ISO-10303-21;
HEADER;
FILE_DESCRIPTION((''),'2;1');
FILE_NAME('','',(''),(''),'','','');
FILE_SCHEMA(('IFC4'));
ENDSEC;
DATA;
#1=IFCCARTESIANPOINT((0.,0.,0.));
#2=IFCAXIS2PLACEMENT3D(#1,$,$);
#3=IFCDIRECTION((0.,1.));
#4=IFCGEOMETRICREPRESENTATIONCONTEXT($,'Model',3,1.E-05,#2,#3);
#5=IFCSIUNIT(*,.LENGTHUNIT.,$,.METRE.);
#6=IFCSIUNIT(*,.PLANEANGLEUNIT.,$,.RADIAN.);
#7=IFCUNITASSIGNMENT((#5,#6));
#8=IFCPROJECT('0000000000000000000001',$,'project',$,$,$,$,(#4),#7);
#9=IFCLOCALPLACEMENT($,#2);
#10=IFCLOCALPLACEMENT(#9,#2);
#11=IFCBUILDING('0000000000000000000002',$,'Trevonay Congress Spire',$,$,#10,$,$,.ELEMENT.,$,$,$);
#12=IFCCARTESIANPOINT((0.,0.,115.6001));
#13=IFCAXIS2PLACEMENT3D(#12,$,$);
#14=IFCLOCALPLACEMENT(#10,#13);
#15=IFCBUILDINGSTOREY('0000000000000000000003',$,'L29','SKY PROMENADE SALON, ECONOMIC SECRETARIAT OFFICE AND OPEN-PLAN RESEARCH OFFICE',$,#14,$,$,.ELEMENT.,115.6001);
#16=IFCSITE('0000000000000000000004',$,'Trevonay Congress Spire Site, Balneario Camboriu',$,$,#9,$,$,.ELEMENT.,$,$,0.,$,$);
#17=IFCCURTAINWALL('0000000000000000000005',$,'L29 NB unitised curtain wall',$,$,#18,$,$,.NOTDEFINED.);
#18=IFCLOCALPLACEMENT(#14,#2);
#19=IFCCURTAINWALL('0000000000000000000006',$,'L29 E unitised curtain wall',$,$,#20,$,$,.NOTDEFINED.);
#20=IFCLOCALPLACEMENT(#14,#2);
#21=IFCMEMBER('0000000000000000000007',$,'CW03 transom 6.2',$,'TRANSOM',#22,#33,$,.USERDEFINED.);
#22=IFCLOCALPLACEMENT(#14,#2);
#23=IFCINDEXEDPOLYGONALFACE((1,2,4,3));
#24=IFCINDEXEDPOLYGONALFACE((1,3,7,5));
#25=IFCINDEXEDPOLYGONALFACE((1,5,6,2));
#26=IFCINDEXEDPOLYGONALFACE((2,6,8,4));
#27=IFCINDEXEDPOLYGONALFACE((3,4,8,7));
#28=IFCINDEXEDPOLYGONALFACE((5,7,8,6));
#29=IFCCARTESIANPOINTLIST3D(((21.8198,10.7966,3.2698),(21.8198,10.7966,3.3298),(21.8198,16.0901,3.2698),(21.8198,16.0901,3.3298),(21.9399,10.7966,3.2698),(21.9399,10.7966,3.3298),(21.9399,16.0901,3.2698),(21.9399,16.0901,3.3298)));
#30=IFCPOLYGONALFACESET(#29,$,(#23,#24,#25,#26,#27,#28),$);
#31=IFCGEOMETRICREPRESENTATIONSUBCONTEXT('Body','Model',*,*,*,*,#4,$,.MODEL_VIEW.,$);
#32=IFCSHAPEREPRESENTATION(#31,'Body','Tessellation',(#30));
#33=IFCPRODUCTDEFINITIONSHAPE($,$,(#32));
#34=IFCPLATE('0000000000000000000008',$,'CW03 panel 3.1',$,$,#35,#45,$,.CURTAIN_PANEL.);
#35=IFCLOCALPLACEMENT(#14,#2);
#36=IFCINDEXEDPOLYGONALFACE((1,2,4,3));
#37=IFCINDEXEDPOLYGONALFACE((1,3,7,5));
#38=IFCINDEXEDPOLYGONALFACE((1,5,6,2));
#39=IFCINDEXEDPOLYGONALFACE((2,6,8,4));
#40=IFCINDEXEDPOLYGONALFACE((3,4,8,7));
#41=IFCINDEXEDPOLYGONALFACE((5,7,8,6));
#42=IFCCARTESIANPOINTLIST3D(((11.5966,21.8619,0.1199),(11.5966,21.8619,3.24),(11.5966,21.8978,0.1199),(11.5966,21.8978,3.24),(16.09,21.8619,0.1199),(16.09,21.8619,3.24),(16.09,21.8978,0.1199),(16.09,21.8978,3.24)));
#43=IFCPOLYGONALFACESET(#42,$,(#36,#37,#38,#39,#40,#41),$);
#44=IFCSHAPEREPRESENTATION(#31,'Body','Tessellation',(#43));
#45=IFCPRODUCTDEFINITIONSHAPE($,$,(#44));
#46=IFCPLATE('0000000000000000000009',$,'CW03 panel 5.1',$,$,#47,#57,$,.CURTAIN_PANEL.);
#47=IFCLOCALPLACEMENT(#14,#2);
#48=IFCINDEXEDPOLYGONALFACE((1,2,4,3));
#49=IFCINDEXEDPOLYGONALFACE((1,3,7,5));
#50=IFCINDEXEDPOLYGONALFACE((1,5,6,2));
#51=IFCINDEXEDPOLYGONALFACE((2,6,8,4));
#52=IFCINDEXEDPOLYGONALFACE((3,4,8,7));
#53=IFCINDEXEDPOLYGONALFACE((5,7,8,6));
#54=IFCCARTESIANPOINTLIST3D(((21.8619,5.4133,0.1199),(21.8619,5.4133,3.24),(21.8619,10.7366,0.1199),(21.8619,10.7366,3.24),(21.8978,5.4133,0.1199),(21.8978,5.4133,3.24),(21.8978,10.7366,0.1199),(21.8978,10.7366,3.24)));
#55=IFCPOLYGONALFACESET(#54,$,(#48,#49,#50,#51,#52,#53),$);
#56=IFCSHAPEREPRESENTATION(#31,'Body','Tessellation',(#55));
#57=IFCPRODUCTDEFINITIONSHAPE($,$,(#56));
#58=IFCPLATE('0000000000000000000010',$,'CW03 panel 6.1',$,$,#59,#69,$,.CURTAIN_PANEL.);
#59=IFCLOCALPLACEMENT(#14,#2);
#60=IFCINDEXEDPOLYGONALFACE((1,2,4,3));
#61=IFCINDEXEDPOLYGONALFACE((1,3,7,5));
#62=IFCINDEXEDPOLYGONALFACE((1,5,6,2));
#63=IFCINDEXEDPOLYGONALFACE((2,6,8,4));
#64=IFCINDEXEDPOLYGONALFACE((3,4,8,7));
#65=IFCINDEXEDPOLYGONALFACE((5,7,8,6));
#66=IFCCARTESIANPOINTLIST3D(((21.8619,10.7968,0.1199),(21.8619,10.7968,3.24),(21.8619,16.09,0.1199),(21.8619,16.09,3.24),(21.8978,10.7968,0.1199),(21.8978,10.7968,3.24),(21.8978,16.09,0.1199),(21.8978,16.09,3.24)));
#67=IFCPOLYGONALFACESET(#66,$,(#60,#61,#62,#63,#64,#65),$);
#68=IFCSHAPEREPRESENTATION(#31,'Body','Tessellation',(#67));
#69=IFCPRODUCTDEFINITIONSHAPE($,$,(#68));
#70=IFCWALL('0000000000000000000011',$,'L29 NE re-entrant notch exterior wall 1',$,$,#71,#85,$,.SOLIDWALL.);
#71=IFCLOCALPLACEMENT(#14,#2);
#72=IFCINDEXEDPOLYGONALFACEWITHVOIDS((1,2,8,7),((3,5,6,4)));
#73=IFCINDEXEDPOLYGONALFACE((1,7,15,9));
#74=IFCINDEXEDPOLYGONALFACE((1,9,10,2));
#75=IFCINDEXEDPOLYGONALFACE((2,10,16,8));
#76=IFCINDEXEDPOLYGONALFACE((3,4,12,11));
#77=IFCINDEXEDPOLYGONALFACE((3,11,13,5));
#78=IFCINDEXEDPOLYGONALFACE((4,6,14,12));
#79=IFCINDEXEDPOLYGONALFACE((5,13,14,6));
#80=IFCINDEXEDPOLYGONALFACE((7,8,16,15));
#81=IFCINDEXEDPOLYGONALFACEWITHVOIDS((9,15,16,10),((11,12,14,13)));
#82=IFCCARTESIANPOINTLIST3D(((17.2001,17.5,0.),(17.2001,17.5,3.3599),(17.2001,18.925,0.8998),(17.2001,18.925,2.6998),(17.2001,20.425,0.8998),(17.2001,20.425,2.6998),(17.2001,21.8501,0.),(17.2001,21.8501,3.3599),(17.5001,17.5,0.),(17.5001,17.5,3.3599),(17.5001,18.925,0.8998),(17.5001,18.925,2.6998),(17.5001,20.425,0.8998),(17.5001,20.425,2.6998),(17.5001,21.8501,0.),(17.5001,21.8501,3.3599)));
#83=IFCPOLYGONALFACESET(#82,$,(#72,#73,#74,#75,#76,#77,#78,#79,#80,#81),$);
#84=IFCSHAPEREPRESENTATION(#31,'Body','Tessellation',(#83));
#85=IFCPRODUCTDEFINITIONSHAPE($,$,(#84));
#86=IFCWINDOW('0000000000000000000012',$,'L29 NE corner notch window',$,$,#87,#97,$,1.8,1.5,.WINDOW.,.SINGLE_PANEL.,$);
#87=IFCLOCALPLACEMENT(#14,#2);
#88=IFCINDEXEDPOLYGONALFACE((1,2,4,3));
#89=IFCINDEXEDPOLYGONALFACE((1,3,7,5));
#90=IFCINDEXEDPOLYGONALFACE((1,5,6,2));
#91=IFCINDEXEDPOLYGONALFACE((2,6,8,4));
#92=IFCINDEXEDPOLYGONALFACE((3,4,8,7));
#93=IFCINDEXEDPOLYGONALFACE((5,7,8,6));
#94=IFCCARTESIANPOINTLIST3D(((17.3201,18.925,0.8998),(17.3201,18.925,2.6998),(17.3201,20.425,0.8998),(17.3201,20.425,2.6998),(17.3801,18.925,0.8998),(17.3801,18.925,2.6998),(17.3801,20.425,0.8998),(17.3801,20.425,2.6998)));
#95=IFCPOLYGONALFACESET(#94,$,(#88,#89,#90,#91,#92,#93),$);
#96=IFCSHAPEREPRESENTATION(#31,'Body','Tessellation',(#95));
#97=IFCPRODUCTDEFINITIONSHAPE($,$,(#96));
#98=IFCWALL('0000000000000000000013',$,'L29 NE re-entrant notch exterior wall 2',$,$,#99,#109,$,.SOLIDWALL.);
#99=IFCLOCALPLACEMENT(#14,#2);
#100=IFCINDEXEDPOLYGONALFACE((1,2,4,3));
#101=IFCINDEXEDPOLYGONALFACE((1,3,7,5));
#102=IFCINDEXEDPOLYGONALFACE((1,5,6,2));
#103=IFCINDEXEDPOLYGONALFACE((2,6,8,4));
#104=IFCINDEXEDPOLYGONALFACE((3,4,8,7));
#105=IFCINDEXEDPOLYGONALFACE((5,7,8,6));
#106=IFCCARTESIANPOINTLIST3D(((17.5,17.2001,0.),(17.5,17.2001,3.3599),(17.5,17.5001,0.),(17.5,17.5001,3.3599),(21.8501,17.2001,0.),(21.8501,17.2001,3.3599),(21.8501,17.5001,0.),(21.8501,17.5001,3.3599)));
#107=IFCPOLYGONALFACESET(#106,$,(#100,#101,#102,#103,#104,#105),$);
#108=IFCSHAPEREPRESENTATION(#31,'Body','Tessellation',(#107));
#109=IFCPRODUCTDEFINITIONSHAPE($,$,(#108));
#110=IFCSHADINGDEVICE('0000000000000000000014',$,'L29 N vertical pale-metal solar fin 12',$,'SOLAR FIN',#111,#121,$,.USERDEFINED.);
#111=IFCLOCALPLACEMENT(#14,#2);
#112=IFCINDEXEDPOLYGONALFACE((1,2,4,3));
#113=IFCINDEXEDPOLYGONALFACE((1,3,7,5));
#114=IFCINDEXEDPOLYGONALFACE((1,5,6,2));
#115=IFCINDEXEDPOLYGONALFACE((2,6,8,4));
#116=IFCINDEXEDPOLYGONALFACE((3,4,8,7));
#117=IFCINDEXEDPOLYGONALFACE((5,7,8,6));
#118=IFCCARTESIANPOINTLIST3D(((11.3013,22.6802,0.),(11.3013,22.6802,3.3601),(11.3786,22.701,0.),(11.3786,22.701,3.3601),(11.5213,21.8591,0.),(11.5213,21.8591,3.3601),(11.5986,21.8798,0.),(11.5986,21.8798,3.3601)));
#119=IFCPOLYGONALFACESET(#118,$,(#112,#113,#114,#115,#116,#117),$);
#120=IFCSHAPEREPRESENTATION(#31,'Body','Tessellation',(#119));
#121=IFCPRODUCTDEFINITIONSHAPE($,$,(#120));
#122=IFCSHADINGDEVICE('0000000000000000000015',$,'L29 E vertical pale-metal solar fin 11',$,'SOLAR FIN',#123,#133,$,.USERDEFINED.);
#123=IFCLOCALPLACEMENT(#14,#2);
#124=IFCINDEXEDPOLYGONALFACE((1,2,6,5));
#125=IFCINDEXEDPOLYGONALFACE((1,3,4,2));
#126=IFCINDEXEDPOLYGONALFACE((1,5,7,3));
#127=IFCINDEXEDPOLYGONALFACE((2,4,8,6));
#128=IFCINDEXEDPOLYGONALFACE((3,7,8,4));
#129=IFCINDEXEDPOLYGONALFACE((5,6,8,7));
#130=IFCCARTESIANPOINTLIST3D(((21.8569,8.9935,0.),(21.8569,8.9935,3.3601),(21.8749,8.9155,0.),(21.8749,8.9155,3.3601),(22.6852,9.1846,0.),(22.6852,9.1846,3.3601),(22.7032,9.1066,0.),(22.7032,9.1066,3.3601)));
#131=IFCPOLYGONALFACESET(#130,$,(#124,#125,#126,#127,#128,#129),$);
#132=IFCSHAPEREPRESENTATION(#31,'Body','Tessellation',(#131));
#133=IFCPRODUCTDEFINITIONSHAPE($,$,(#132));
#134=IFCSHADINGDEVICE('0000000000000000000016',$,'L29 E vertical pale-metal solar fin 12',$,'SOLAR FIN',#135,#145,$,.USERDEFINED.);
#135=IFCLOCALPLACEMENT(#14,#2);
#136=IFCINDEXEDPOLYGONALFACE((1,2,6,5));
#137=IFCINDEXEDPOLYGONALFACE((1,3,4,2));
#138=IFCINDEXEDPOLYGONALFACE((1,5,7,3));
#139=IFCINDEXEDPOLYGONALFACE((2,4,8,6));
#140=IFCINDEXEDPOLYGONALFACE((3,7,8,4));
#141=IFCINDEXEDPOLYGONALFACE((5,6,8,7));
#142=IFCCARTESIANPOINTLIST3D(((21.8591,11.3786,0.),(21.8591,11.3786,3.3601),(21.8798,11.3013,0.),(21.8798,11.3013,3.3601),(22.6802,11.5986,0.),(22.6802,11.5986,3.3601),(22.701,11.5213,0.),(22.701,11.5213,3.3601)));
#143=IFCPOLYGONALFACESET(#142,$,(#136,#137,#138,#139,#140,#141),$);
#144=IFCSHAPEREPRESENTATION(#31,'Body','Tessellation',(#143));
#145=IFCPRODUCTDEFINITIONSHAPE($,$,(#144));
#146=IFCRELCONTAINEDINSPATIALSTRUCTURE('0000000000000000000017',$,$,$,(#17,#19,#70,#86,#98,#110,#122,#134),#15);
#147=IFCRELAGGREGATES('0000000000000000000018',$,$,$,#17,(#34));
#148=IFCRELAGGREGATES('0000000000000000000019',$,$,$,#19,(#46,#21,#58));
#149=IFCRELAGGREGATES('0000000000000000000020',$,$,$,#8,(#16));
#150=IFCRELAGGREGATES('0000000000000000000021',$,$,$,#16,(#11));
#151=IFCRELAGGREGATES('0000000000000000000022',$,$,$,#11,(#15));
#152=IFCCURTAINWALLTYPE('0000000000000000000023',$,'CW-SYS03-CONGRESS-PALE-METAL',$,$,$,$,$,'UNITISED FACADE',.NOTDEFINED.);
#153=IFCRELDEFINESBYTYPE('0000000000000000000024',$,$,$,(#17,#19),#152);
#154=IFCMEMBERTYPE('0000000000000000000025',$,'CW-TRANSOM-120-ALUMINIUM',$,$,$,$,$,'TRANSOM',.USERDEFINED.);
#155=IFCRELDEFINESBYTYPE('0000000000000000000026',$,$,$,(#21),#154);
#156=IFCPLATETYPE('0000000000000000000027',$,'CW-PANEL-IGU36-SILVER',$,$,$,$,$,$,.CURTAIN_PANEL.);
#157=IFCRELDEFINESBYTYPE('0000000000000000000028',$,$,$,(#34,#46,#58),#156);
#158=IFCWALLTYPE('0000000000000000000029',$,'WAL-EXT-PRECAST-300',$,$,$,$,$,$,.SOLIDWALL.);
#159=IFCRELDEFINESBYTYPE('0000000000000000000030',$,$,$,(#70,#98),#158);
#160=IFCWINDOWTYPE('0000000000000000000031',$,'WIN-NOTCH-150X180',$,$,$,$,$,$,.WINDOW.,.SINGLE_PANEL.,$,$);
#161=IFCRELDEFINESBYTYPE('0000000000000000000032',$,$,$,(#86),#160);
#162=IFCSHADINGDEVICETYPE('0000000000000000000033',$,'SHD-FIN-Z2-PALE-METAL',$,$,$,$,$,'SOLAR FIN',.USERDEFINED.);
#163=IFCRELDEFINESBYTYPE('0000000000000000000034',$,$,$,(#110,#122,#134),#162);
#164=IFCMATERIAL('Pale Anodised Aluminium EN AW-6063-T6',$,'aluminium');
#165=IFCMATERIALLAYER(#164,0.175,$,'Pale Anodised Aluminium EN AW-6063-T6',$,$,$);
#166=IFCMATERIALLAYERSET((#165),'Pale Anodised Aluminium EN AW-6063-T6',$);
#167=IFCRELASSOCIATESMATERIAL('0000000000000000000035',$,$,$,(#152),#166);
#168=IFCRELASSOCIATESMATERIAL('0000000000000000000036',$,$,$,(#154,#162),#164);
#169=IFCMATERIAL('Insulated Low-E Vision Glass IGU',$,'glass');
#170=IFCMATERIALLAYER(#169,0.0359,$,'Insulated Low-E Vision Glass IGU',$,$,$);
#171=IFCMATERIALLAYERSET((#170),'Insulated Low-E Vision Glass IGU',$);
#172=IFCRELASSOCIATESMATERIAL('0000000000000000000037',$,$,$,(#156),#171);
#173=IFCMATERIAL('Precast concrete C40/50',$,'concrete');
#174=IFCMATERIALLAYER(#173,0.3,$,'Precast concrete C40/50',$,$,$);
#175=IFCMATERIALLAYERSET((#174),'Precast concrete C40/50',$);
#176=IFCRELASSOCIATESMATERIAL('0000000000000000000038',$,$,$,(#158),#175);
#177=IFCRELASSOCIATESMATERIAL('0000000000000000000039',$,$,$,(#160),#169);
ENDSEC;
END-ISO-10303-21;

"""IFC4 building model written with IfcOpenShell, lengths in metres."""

from ifc_helpers import new_model, si_unit, direction, frame, frame_2d, origin, origin_2d, place, context, subcontext, project, spatial, rectangle, extrude, material, layer, layer_set, material_profile, profile_set, type_object, element, fill, aggregate, save


model = new_model("IFC4")

# Units and contexts
model_context = context("Model", 3, precision=1e-05, world=origin(), true_north=direction((0.0, 1.0)))
body_context = subcontext(model_context, "Body", "Model", "MODEL_VIEW")
ifc_project = project(units=[si_unit("LENGTHUNIT", "METRE"), si_unit("PLANEANGLEUNIT", "RADIAN")], contexts=[model_context])

# Site, building, storey
site_placement = place(None, origin())
site = spatial("IfcSite", under=ifc_project, at=site_placement, Name="Trevonay Congress Spire Site, Balneario Camboriu", CompositionType="ELEMENT", RefElevation=0.0)
building_placement = place(site_placement, origin())
building = spatial("IfcBuilding", under=site, at=building_placement, Name="Trevonay Congress Spire", CompositionType="ELEMENT")
storey_placement = place(building_placement, frame((0.0, 0.0, 115.6001)))
storey = spatial("IfcBuildingStorey", under=building, at=storey_placement, Name="L29", Description="SKY PROMENADE SALON, ECONOMIC SECRETARIAT OFFICE AND OPEN-PLAN RESEARCH OFFICE", CompositionType="ELEMENT", Elevation=115.6001)

# Curtain walls
ifc_material_1 = material(Name="Pale Anodised Aluminium EN AW-6063-T6", Category="aluminium")
ifc_layer_1 = layer(ifc_material_1, 0.175, Name="Pale Anodised Aluminium EN AW-6063-T6")
ifc_layer_set_1 = layer_set([ifc_layer_1], Name="Pale Anodised Aluminium EN AW-6063-T6")
curtain_wall_type = type_object("IfcCurtainWallType", Name="CW-SYS03-CONGRESS-PALE-METAL", ElementType="UNITISED FACADE", PredefinedType="NOTDEFINED", material=ifc_layer_set_1)
curtain_wall_1_placement = place(storey_placement, origin())
curtain_wall_1 = element("IfcCurtainWall", 1, at=curtain_wall_1_placement, inside=storey, type_object=curtain_wall_type, Name="L29 NB unitised curtain wall", PredefinedType="NOTDEFINED")
curtain_wall_2_placement = place(storey_placement, origin())
curtain_wall_2 = element("IfcCurtainWall", 2, at=curtain_wall_2_placement, inside=storey, type_object=curtain_wall_type, Name="L29 E unitised curtain wall", PredefinedType="NOTDEFINED")

# Member
ifc_material_profile_1 = material_profile(ifc_material_1, rectangle(XDim=0.1201, YDim=0.0601, at=origin_2d()), Name="CW-TRANSOM-120-ALUMINIUM")
ifc_profile_set_1 = profile_set([ifc_material_profile_1], Name="Pale Anodised Aluminium EN AW-6063-T6")
member_type_1 = type_object("IfcMemberType", Name="CW-TRANSOM-120-ALUMINIUM", ElementType="TRANSOM", PredefinedType="USERDEFINED", material=ifc_profile_set_1)
member_1_placement = place(storey_placement, frame((21.8799, 10.7966, 3.2998), z_axis=(0.0, 1.0, 0.0), x_axis=(-1.0, 0.0, 0.0)))
member_1 = element("IfcMember", 3, at=member_1_placement, type_object=member_type_1, Name="CW03 transom 6.2", ObjectType="TRANSOM", PredefinedType="USERDEFINED", context=body_context, shape_type="SweptSolid", body=[
    extrude(rectangle(XDim=0.1201, YDim=0.0601, at=origin_2d()), origin(), (0.0, 0.0, 1.0), 5.2935),
])

# Plates
ifc_material_2 = material(Name="Insulated Low-E Vision Glass IGU", Category="glass")
ifc_layer_2 = layer(ifc_material_2, 0.0359, Name="Insulated Low-E Vision Glass IGU")
ifc_layer_set_2 = layer_set([ifc_layer_2], Name="Insulated Low-E Vision Glass IGU")
plate_type = type_object("IfcPlateType", Name="CW-PANEL-IGU36-SILVER", PredefinedType="CURTAIN_PANEL", material=ifc_layer_set_2)
plate_1_placement = place(storey_placement, frame((13.8433, 21.8799, 0.1199), z_axis=(0.0, 0.0, 1.0), x_axis=(1.0, 0.0, 0.0)))
plate_1 = element("IfcPlate", 4, at=plate_1_placement, type_object=plate_type, Name="CW03 panel 3.1", PredefinedType="CURTAIN_PANEL", context=body_context, shape_type="SweptSolid", body=[
    extrude(rectangle(XDim=4.4934, YDim=0.0359, at=origin_2d()), origin(), (0.0, 0.0, 1.0), 3.1201),
])
aggregate(curtain_wall_1, [plate_1])
plate_2_placement = place(storey_placement, frame((21.8799, 8.075, 0.1199), z_axis=(0.0, 0.0, 1.0), x_axis=(0.0, 1.0, 0.0)))
plate_2 = element("IfcPlate", 5, at=plate_2_placement, type_object=plate_type, Name="CW03 panel 5.1", PredefinedType="CURTAIN_PANEL", context=body_context, shape_type="SweptSolid", body=[
    extrude(rectangle(XDim=5.3232, YDim=0.0359, at=origin_2d()), origin(), (0.0, 0.0, 1.0), 3.1201),
])
plate_3_placement = place(storey_placement, frame((21.8799, 13.4434, 0.1199), z_axis=(0.0, 0.0, 1.0), x_axis=(0.0, 1.0, 0.0)))
plate_3 = element("IfcPlate", 6, at=plate_3_placement, type_object=plate_type, Name="CW03 panel 6.1", PredefinedType="CURTAIN_PANEL", context=body_context, shape_type="SweptSolid", body=[
    extrude(rectangle(XDim=5.2932, YDim=0.0359, at=origin_2d()), origin(), (0.0, 0.0, 1.0), 3.1201),
])
aggregate(curtain_wall_2, [plate_2, member_1, plate_3])

# Wall, opening, window
ifc_material_3 = material(Name="Precast concrete C40/50", Category="concrete")
ifc_layer_3 = layer(ifc_material_3, 0.3, Name="Precast concrete C40/50")
ifc_layer_set_3 = layer_set([ifc_layer_3], Name="Precast concrete C40/50")
wall_type = type_object("IfcWallType", Name="WAL-EXT-PRECAST-300", PredefinedType="SOLIDWALL", material=ifc_layer_set_3)
wall_1_placement = place(storey_placement, frame((17.3501, 21.8501, 0.0), z_axis=(0.0, 0.0, 1.0), x_axis=(0.0, -1.0, 0.0)))
wall_1 = element("IfcWall", 7, at=wall_1_placement, inside=storey, type_object=wall_type, Name="L29 NE re-entrant notch exterior wall 1", PredefinedType="SOLIDWALL", context=body_context, shape_type="SweptSolid", body=[
    extrude(rectangle(XDim=4.3501, YDim=0.3, at=frame_2d((2.175, 0.0))), origin(), (0.0, 0.0, 1.0), 3.3599),
])
opening_placement = place(wall_1_placement, frame((1.425, 0.0, 0.8999)))
opening = element("IfcOpeningElement", 8, at=opening_placement, cuts=wall_1, PredefinedType="OPENING", context=body_context, shape_type="SweptSolid", body=[
    extrude(rectangle(XDim=1.5, YDim=1.8, at=frame_2d((0.75, 0.8999))), frame((0.0, 0.1602, 0.0), z_axis=(0.0, -1.0, 0.0), x_axis=(1.0, 0.0, 0.0)), (0.0, 0.0, 1.0), 0.3201),
])
window_type = type_object("IfcWindowType", Name="WIN-NOTCH-150X180", PartitioningType="SINGLE_PANEL", PredefinedType="WINDOW", material=ifc_material_2)
window_placement = place(opening_placement, origin())
window = element("IfcWindow", 9, at=window_placement, inside=storey, type_object=window_type, Name="L29 NE corner notch window", OverallHeight=1.8, OverallWidth=1.5, PartitioningType="SINGLE_PANEL", PredefinedType="WINDOW", context=body_context, shape_type="SweptSolid", body=[
    extrude(rectangle(XDim=1.5, YDim=1.8, at=frame_2d((0.75, 0.8999))), frame((0.0, 0.03, 0.0), z_axis=(0.0, -1.0, 0.0), x_axis=(1.0, 0.0, 0.0)), (0.0, 0.0, 1.0), 0.0601),
])
fill(opening, window)

# Wall
wall_2_placement = place(storey_placement, frame((21.8501, 17.3501, 0.0), z_axis=(0.0, 0.0, 1.0), x_axis=(-1.0, 0.0, 0.0)))
element("IfcWall", 10, at=wall_2_placement, inside=storey, type_object=wall_type, Name="L29 NE re-entrant notch exterior wall 2", PredefinedType="SOLIDWALL", context=body_context, shape_type="SweptSolid", body=[
    extrude(rectangle(XDim=4.3501, YDim=0.3, at=frame_2d((2.175, 0.0))), origin(), (0.0, 0.0, 1.0), 3.3599),
])

# Shading devices
shading_device_type = type_object("IfcShadingDeviceType", Name="SHD-FIN-Z2-PALE-METAL", ElementType="SOLAR FIN", PredefinedType="USERDEFINED", material=ifc_material_1)
for number, where, z_axis, x_axis, name in (
    (11, (11.45, 22.28, 0.0), (0.0, 0.0, 1.0), (0.965926, 0.258819, 0.0), "L29 N vertical pale-metal solar fin 12"),
    (12, (22.28, 9.05, 0.0), (0.0, 0.0, 1.0), (-0.224781, 0.974409, 0.0), "L29 E vertical pale-metal solar fin 11"),
    (13, (22.28, 11.45, 0.0), (0.0, 0.0, 1.0), (-0.258819, 0.965926, 0.0), "L29 E vertical pale-metal solar fin 12"),
):
    element("IfcShadingDevice", number, at=place(storey_placement, frame(where, z_axis=z_axis, x_axis=x_axis)), inside=storey, type_object=shading_device_type, Name=name, ObjectType="SOLAR FIN", PredefinedType="USERDEFINED", context=body_context, shape_type="SweptSolid", body=[
        extrude(rectangle(XDim=0.0801, YDim=0.8501, at=origin_2d()), origin(), (0.0, 0.0, 1.0), 3.3601),
    ])

save(model, "model.ifc")
